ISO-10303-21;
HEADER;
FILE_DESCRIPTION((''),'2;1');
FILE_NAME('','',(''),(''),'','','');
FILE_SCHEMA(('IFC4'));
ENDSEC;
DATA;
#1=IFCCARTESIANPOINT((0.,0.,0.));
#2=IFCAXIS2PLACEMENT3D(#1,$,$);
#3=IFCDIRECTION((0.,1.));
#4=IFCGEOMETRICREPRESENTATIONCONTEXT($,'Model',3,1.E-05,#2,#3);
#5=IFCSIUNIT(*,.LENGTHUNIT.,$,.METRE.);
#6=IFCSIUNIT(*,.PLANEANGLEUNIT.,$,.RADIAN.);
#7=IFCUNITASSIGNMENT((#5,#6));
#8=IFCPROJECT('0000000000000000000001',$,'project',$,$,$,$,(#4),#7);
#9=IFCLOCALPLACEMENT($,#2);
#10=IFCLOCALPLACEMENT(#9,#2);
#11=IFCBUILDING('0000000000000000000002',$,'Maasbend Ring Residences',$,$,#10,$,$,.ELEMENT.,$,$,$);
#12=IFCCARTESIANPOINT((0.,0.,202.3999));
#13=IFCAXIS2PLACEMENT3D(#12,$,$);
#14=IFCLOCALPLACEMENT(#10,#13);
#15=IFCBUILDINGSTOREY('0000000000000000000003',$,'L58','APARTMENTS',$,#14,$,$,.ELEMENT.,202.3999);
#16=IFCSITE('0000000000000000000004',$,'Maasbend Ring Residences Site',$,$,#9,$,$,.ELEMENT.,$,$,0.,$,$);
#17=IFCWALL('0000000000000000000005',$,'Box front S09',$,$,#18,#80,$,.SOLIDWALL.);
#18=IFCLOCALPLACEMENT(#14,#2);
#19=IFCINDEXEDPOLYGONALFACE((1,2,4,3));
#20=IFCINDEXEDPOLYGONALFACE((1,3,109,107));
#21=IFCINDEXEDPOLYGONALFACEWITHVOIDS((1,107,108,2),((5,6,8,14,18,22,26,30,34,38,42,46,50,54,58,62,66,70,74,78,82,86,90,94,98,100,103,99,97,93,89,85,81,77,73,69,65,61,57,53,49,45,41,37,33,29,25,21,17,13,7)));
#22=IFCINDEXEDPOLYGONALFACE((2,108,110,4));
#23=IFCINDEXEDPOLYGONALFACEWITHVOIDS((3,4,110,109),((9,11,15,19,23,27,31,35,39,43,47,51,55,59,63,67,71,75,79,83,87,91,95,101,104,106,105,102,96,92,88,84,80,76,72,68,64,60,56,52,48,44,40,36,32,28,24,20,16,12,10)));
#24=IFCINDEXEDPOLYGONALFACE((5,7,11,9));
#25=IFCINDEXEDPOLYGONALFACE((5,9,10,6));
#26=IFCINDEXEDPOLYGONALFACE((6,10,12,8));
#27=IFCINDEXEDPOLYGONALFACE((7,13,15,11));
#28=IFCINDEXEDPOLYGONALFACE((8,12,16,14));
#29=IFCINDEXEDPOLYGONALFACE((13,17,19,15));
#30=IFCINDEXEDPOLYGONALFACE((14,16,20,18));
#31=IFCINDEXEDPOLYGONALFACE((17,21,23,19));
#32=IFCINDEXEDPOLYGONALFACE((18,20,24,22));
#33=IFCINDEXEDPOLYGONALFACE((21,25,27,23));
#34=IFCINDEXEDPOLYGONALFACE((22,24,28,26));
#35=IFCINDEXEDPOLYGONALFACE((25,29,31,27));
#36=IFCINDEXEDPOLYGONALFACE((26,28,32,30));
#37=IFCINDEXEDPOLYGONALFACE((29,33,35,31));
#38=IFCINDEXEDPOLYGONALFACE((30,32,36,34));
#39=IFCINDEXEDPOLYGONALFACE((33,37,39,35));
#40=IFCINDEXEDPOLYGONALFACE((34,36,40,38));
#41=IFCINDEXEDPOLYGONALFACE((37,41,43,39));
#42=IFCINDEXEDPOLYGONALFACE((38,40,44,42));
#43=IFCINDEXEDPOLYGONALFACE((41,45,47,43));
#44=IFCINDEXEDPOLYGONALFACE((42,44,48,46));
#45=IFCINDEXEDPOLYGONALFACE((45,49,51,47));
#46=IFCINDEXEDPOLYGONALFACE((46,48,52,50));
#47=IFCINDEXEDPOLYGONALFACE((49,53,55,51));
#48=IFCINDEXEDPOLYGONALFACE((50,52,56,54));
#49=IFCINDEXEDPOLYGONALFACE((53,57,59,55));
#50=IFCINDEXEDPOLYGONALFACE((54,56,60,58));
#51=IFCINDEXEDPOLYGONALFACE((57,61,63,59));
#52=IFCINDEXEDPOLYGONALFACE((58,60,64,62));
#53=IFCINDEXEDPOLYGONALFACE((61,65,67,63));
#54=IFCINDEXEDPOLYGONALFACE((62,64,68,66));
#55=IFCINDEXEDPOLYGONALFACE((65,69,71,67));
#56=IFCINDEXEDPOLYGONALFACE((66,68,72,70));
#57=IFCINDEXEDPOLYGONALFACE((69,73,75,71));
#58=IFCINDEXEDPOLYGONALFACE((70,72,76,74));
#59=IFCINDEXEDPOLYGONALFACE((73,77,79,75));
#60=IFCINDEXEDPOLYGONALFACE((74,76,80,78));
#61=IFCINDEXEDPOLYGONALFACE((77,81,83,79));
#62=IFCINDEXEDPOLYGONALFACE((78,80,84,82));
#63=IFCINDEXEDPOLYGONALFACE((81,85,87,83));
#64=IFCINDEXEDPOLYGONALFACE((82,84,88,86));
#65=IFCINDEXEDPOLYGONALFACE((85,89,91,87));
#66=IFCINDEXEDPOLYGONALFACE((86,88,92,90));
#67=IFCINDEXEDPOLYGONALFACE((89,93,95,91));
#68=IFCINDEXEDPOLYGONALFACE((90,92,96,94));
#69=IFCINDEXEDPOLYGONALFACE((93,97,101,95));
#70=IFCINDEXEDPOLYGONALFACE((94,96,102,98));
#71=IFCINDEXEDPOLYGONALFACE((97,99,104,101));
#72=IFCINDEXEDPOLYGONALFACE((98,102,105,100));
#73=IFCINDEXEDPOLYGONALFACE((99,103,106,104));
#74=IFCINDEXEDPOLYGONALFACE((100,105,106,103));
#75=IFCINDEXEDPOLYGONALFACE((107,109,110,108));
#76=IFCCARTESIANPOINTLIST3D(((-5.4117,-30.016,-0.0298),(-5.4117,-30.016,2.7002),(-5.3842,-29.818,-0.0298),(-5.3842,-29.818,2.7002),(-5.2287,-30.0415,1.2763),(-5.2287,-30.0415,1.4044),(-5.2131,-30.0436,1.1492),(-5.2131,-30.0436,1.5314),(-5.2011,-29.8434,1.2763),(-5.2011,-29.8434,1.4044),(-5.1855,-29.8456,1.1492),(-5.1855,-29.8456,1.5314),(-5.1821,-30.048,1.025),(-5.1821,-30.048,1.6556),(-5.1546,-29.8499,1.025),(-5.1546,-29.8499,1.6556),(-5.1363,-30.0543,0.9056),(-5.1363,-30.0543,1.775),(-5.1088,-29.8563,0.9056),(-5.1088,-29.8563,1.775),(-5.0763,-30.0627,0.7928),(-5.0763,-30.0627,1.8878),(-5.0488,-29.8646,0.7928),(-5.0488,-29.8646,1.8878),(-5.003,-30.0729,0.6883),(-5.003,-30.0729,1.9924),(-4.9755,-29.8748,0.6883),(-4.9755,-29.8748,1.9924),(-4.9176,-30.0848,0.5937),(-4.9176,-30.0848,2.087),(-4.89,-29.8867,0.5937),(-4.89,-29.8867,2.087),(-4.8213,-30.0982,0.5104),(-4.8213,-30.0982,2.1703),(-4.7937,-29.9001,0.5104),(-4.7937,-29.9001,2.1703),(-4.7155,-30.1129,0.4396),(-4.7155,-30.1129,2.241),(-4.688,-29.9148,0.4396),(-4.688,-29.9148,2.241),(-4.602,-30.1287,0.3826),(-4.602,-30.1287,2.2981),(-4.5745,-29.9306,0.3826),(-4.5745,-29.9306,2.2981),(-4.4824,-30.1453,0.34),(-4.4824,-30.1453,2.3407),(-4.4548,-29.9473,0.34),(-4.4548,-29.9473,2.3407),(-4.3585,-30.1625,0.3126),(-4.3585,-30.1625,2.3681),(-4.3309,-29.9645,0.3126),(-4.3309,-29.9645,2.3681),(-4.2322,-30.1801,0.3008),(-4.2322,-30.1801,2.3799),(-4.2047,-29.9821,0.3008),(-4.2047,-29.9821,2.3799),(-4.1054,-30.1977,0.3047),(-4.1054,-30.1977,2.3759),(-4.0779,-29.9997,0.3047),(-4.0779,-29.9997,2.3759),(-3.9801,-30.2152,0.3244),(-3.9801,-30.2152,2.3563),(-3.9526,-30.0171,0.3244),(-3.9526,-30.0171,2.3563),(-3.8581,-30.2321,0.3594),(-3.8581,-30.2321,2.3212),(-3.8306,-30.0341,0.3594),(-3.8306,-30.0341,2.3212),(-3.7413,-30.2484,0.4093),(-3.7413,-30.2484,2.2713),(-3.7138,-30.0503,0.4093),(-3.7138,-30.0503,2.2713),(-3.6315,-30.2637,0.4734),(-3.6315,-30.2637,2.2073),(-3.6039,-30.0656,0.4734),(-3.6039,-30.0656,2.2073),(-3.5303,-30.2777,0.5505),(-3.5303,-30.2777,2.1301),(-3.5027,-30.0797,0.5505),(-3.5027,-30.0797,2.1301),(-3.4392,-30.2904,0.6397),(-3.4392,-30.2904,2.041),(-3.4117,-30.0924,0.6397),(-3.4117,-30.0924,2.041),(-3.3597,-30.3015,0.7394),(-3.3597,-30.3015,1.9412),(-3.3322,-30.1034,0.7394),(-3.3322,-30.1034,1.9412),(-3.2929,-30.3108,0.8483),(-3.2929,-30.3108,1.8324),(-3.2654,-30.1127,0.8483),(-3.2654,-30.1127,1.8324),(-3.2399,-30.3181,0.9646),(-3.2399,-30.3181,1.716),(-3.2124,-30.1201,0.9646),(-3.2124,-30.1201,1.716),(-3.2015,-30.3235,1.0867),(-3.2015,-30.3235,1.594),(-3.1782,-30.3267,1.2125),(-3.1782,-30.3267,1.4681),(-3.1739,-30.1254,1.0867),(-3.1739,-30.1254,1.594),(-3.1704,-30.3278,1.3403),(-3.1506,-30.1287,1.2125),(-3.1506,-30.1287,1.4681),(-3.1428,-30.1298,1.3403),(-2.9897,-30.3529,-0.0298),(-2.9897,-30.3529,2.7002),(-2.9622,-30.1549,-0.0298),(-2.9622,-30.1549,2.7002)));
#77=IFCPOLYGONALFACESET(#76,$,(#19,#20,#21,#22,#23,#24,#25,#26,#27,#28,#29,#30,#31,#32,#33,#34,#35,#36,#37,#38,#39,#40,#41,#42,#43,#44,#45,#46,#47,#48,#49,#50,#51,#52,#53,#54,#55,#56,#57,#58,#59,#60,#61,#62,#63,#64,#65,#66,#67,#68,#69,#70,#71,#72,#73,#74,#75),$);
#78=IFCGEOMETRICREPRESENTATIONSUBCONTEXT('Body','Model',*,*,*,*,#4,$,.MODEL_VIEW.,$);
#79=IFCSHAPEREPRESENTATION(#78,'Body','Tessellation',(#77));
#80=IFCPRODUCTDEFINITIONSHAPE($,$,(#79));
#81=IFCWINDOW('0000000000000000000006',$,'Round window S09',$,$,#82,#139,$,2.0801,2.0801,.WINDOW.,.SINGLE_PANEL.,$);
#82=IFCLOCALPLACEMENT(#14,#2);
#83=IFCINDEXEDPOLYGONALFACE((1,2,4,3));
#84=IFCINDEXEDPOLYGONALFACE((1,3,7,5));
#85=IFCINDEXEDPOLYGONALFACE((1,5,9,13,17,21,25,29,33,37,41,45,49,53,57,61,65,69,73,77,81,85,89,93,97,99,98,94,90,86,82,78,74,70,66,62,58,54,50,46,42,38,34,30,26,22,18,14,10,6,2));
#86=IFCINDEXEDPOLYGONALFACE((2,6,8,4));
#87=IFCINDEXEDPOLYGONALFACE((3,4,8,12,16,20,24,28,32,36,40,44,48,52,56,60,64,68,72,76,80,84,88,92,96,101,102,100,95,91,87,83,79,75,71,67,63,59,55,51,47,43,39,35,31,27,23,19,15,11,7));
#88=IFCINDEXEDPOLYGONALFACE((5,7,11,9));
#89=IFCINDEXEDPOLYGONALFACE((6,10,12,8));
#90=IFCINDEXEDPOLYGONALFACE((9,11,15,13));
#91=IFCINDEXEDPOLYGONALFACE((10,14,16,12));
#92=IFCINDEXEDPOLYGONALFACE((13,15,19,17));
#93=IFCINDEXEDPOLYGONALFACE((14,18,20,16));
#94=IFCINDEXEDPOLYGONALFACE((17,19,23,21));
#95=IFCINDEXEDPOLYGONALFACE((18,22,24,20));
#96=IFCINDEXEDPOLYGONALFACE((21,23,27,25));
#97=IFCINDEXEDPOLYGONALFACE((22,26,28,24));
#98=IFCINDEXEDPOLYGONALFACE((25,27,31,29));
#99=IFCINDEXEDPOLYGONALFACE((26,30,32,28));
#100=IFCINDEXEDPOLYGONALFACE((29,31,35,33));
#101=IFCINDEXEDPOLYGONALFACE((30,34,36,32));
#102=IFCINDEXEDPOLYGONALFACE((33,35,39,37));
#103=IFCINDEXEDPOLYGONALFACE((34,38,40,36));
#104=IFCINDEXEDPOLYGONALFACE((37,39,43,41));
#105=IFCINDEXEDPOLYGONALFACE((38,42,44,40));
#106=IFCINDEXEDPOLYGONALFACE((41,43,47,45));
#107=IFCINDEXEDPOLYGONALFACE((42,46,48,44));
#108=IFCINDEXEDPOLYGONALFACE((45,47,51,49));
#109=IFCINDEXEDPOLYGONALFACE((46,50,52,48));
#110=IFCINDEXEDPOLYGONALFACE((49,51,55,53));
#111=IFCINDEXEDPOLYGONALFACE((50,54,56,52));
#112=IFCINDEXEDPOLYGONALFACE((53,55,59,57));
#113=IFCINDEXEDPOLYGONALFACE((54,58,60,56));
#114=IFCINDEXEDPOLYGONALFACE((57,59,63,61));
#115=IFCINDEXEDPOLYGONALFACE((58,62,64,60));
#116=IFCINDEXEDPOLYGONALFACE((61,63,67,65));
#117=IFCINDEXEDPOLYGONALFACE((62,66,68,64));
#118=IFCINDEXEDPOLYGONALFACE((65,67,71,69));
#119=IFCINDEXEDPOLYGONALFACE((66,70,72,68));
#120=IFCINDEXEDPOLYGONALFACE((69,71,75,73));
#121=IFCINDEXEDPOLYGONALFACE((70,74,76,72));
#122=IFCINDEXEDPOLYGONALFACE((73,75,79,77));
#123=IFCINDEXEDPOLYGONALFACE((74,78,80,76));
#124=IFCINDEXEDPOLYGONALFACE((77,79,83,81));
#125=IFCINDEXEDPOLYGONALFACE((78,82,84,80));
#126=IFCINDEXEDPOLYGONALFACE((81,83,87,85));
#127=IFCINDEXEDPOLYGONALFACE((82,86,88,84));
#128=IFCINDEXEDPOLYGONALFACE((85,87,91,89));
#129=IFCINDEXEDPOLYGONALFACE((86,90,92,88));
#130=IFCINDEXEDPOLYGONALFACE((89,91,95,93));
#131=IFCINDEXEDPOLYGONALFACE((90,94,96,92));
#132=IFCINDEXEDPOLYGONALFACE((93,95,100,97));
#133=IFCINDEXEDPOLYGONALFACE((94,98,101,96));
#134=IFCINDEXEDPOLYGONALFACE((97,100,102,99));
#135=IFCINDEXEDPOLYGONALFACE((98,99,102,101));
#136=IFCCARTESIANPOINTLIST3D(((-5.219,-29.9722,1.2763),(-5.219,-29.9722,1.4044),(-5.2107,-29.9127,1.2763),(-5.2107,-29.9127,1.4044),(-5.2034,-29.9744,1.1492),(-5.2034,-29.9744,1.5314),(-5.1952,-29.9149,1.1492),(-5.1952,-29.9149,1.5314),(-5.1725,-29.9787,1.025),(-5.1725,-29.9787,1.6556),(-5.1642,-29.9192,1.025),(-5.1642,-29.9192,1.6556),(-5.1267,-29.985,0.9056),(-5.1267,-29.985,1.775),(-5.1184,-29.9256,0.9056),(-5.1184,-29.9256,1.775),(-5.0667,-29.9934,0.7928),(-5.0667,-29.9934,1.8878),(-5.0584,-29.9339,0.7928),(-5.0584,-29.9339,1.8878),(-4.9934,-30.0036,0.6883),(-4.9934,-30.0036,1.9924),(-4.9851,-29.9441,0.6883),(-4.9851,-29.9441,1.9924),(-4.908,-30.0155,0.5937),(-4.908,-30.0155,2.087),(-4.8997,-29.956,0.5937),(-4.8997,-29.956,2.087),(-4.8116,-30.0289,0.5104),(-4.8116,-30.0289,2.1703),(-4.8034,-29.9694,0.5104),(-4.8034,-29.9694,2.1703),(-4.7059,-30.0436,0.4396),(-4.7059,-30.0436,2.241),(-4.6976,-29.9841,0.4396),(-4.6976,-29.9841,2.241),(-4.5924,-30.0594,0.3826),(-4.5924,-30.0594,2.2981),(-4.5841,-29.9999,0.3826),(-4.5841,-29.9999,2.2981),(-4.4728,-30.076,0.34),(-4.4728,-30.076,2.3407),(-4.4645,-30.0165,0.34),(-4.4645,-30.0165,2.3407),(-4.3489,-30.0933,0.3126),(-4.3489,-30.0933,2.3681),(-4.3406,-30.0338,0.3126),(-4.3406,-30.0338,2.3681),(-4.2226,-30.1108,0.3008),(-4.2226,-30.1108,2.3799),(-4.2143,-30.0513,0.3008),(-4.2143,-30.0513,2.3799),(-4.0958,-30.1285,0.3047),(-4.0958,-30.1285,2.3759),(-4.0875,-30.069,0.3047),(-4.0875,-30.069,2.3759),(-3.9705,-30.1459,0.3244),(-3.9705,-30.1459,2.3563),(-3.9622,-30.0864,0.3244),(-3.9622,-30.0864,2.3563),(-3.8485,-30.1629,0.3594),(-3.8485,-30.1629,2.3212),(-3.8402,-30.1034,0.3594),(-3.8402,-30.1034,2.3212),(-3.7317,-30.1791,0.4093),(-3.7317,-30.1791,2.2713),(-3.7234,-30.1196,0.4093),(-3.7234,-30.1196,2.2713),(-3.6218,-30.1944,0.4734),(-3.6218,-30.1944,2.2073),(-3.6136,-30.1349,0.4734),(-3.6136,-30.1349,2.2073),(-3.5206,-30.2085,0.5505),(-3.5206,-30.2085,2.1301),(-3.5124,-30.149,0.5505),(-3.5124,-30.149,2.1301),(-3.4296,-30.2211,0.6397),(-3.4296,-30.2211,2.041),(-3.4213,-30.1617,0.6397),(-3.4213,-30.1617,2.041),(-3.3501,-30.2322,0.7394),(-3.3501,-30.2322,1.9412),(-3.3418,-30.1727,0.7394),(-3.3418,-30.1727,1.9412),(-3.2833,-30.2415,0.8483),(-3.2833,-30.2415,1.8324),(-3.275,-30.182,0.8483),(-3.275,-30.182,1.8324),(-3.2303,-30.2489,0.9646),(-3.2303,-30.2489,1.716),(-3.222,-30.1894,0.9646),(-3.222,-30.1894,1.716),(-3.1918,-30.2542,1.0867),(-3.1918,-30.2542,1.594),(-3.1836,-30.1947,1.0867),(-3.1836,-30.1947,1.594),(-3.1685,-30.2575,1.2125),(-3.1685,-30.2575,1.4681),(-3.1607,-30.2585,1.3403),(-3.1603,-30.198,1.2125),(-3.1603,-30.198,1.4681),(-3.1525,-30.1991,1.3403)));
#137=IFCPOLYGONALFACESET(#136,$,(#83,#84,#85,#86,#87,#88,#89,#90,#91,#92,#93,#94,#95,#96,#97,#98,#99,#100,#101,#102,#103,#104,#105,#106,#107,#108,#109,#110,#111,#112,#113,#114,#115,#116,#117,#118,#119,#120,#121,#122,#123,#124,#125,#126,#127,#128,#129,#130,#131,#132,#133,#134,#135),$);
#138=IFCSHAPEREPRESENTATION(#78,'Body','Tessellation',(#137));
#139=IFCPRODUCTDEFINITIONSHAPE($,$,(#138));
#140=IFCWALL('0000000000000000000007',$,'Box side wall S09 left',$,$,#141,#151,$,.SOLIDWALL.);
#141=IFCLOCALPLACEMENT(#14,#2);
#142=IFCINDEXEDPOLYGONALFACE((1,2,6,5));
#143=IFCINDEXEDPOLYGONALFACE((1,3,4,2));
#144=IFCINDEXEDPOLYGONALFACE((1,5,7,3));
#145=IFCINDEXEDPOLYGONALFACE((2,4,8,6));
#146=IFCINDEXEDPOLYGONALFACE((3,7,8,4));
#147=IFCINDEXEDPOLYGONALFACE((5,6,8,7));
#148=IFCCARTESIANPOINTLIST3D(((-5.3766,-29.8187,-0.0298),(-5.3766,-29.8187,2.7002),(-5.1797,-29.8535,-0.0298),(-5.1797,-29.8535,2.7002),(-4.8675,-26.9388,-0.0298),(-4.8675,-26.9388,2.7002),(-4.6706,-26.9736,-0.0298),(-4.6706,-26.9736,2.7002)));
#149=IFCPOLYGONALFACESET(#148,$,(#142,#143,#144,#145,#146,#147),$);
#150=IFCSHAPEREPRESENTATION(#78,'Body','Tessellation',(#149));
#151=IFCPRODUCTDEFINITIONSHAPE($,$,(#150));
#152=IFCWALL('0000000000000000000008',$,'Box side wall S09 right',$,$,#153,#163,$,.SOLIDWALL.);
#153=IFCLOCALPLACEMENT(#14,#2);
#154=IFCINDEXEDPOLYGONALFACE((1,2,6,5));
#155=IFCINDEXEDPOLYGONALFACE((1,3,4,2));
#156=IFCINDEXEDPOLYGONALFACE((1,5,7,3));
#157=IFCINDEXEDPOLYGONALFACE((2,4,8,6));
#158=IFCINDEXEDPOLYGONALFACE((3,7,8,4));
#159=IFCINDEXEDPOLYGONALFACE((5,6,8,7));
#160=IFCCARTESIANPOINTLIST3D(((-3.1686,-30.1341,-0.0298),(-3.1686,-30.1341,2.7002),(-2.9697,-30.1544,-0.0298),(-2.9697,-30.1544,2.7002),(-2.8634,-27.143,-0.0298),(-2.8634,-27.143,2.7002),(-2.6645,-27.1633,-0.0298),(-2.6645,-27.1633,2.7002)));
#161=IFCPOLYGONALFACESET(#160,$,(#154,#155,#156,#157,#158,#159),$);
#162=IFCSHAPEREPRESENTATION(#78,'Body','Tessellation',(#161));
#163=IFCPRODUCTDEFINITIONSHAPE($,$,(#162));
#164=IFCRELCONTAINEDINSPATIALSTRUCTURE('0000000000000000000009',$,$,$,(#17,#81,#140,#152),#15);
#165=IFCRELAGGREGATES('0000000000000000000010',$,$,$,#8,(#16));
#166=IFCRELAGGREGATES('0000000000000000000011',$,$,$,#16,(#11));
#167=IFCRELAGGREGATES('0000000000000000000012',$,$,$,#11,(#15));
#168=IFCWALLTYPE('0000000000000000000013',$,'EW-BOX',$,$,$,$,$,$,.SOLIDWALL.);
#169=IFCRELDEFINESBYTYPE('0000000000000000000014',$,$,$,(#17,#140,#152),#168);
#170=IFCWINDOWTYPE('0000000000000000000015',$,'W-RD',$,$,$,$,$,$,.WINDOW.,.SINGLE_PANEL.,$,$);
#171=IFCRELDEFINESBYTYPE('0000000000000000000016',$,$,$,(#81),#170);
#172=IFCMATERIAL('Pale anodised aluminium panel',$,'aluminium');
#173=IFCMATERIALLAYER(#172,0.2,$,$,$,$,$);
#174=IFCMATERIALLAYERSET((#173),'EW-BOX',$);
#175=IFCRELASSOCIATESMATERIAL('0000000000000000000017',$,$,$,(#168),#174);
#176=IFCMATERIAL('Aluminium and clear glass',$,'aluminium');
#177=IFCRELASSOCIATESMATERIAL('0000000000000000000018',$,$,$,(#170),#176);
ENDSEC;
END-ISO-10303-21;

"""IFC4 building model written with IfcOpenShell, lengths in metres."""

from ifc_helpers import new_model, si_unit, direction, frame, frame_2d, origin, place, context, subcontext, project, spatial, rectangle, circle, extrude, material, layer, layer_set, type_object, element, fill, save


model = new_model("IFC4")

# Units and contexts
model_context = context("Model", 3, precision=1e-05, world=origin(), true_north=direction((0.0, 1.0)))
body_context = subcontext(model_context, "Body", "Model", "MODEL_VIEW")
ifc_project = project(units=[si_unit("LENGTHUNIT", "METRE"), si_unit("PLANEANGLEUNIT", "RADIAN")], contexts=[model_context])

# Site, building, storey
site_placement = place(None, origin())
site = spatial("IfcSite", under=ifc_project, at=site_placement, Name="Maasbend Ring Residences Site", CompositionType="ELEMENT", RefElevation=0.0)
building_placement = place(site_placement, origin())
building = spatial("IfcBuilding", under=site, at=building_placement, Name="Maasbend Ring Residences", CompositionType="ELEMENT")
storey_placement = place(building_placement, frame((0.0, 0.0, 202.3999)))
storey = spatial("IfcBuildingStorey", under=building, at=storey_placement, Name="L58", Description="APARTMENTS", CompositionType="ELEMENT", Elevation=202.3999)

# Shared definitions
ifc_material_1 = material(Name="Pale anodised aluminium panel", Category="aluminium")
ifc_layer_1 = layer(ifc_material_1, 0.2)
ifc_layer_set_1 = layer_set([ifc_layer_1], Name="EW-BOX")
wall_type_1 = type_object("IfcWallType", Name="EW-BOX", PredefinedType="SOLIDWALL", material=ifc_layer_set_1)

# Wall, opening, window
wall_1_placement = place(storey_placement, frame((-5.3979, -29.917, -0.0298), z_axis=(0.0, 0.0, 1.0), x_axis=(0.990462, -0.137786, 0.0)))
wall_1 = element("IfcWall", 1, at=wall_1_placement, inside=storey, type_object=wall_type_1, Name="Box front S09", PredefinedType="SOLIDWALL", context=body_context, shape_type="SweptSolid", body=[
    extrude(rectangle(XDim=2.4453, YDim=0.2, at=frame_2d((1.2227, 0.0))), origin(), (0.0, 0.0, 1.0), 2.73),
])
opening_1_placement = place(wall_1_placement, frame((0.1829, 0.0, 0.3301)))
opening_1 = element("IfcOpeningElement", 2, at=opening_1_placement, cuts=wall_1, PredefinedType="OPENING", context=body_context, shape_type="SweptSolid", body=[
    extrude(circle(Radius=1.04, at=frame_2d((1.04, 1.04))), frame((0.0, 0.1099, 0.0), z_axis=(0.0, -1.0, 0.0), x_axis=(1.0, 0.0, 0.0)), (0.0, 0.0, 1.0), 0.22),
])
ifc_material_2 = material(Name="Aluminium and clear glass", Category="aluminium")
window_type_1 = type_object("IfcWindowType", Name="W-RD", PartitioningType="SINGLE_PANEL", PredefinedType="WINDOW", material=ifc_material_2)
window_1_placement = place(opening_1_placement, origin())
window_1 = element("IfcWindow", 3, at=window_1_placement, inside=storey, type_object=window_type_1, Name="Round window S09", OverallHeight=2.0801, OverallWidth=2.0801, PartitioningType="SINGLE_PANEL", PredefinedType="WINDOW", context=body_context, shape_type="SweptSolid", body=[
    extrude(circle(Radius=1.04, at=frame_2d((1.04, 1.04))), frame((0.0, 0.03, 0.0), z_axis=(0.0, -1.0, 0.0), x_axis=(1.0, 0.0, 0.0)), (0.0, 0.0, 1.0), 0.0601),
])
fill(opening_1, window_1)

# Walls
wall_2_placement = place(storey_placement, frame((-4.769, -26.9561, -0.0298), z_axis=(0.0, 0.0, 1.0), x_axis=(-0.174057, -0.984736, 0.0)))
element("IfcWall", 4, at=wall_2_placement, inside=storey, type_object=wall_type_1, Name="Box side wall S09 left", PredefinedType="SOLIDWALL", context=body_context, shape_type="SweptSolid", body=[
    extrude(rectangle(XDim=2.9246, YDim=0.2, at=frame_2d((1.4624, 0.0))), origin(), (0.0, 0.0, 1.0), 2.73),
])
wall_3_placement = place(storey_placement, frame((-2.7639, -27.1531, -0.0298), z_axis=(0.0, 0.0, 1.0), x_axis=(-0.101505, -0.994835, 0.0)))
element("IfcWall", 5, at=wall_3_placement, inside=storey, type_object=wall_type_1, Name="Box side wall S09 right", PredefinedType="SOLIDWALL", context=body_context, shape_type="SweptSolid", body=[
    extrude(rectangle(XDim=3.0066, YDim=0.2, at=frame_2d((1.5034, 0.0))), origin(), (0.0, 0.0, 1.0), 2.73),
])

save(model, "model.ifc")
